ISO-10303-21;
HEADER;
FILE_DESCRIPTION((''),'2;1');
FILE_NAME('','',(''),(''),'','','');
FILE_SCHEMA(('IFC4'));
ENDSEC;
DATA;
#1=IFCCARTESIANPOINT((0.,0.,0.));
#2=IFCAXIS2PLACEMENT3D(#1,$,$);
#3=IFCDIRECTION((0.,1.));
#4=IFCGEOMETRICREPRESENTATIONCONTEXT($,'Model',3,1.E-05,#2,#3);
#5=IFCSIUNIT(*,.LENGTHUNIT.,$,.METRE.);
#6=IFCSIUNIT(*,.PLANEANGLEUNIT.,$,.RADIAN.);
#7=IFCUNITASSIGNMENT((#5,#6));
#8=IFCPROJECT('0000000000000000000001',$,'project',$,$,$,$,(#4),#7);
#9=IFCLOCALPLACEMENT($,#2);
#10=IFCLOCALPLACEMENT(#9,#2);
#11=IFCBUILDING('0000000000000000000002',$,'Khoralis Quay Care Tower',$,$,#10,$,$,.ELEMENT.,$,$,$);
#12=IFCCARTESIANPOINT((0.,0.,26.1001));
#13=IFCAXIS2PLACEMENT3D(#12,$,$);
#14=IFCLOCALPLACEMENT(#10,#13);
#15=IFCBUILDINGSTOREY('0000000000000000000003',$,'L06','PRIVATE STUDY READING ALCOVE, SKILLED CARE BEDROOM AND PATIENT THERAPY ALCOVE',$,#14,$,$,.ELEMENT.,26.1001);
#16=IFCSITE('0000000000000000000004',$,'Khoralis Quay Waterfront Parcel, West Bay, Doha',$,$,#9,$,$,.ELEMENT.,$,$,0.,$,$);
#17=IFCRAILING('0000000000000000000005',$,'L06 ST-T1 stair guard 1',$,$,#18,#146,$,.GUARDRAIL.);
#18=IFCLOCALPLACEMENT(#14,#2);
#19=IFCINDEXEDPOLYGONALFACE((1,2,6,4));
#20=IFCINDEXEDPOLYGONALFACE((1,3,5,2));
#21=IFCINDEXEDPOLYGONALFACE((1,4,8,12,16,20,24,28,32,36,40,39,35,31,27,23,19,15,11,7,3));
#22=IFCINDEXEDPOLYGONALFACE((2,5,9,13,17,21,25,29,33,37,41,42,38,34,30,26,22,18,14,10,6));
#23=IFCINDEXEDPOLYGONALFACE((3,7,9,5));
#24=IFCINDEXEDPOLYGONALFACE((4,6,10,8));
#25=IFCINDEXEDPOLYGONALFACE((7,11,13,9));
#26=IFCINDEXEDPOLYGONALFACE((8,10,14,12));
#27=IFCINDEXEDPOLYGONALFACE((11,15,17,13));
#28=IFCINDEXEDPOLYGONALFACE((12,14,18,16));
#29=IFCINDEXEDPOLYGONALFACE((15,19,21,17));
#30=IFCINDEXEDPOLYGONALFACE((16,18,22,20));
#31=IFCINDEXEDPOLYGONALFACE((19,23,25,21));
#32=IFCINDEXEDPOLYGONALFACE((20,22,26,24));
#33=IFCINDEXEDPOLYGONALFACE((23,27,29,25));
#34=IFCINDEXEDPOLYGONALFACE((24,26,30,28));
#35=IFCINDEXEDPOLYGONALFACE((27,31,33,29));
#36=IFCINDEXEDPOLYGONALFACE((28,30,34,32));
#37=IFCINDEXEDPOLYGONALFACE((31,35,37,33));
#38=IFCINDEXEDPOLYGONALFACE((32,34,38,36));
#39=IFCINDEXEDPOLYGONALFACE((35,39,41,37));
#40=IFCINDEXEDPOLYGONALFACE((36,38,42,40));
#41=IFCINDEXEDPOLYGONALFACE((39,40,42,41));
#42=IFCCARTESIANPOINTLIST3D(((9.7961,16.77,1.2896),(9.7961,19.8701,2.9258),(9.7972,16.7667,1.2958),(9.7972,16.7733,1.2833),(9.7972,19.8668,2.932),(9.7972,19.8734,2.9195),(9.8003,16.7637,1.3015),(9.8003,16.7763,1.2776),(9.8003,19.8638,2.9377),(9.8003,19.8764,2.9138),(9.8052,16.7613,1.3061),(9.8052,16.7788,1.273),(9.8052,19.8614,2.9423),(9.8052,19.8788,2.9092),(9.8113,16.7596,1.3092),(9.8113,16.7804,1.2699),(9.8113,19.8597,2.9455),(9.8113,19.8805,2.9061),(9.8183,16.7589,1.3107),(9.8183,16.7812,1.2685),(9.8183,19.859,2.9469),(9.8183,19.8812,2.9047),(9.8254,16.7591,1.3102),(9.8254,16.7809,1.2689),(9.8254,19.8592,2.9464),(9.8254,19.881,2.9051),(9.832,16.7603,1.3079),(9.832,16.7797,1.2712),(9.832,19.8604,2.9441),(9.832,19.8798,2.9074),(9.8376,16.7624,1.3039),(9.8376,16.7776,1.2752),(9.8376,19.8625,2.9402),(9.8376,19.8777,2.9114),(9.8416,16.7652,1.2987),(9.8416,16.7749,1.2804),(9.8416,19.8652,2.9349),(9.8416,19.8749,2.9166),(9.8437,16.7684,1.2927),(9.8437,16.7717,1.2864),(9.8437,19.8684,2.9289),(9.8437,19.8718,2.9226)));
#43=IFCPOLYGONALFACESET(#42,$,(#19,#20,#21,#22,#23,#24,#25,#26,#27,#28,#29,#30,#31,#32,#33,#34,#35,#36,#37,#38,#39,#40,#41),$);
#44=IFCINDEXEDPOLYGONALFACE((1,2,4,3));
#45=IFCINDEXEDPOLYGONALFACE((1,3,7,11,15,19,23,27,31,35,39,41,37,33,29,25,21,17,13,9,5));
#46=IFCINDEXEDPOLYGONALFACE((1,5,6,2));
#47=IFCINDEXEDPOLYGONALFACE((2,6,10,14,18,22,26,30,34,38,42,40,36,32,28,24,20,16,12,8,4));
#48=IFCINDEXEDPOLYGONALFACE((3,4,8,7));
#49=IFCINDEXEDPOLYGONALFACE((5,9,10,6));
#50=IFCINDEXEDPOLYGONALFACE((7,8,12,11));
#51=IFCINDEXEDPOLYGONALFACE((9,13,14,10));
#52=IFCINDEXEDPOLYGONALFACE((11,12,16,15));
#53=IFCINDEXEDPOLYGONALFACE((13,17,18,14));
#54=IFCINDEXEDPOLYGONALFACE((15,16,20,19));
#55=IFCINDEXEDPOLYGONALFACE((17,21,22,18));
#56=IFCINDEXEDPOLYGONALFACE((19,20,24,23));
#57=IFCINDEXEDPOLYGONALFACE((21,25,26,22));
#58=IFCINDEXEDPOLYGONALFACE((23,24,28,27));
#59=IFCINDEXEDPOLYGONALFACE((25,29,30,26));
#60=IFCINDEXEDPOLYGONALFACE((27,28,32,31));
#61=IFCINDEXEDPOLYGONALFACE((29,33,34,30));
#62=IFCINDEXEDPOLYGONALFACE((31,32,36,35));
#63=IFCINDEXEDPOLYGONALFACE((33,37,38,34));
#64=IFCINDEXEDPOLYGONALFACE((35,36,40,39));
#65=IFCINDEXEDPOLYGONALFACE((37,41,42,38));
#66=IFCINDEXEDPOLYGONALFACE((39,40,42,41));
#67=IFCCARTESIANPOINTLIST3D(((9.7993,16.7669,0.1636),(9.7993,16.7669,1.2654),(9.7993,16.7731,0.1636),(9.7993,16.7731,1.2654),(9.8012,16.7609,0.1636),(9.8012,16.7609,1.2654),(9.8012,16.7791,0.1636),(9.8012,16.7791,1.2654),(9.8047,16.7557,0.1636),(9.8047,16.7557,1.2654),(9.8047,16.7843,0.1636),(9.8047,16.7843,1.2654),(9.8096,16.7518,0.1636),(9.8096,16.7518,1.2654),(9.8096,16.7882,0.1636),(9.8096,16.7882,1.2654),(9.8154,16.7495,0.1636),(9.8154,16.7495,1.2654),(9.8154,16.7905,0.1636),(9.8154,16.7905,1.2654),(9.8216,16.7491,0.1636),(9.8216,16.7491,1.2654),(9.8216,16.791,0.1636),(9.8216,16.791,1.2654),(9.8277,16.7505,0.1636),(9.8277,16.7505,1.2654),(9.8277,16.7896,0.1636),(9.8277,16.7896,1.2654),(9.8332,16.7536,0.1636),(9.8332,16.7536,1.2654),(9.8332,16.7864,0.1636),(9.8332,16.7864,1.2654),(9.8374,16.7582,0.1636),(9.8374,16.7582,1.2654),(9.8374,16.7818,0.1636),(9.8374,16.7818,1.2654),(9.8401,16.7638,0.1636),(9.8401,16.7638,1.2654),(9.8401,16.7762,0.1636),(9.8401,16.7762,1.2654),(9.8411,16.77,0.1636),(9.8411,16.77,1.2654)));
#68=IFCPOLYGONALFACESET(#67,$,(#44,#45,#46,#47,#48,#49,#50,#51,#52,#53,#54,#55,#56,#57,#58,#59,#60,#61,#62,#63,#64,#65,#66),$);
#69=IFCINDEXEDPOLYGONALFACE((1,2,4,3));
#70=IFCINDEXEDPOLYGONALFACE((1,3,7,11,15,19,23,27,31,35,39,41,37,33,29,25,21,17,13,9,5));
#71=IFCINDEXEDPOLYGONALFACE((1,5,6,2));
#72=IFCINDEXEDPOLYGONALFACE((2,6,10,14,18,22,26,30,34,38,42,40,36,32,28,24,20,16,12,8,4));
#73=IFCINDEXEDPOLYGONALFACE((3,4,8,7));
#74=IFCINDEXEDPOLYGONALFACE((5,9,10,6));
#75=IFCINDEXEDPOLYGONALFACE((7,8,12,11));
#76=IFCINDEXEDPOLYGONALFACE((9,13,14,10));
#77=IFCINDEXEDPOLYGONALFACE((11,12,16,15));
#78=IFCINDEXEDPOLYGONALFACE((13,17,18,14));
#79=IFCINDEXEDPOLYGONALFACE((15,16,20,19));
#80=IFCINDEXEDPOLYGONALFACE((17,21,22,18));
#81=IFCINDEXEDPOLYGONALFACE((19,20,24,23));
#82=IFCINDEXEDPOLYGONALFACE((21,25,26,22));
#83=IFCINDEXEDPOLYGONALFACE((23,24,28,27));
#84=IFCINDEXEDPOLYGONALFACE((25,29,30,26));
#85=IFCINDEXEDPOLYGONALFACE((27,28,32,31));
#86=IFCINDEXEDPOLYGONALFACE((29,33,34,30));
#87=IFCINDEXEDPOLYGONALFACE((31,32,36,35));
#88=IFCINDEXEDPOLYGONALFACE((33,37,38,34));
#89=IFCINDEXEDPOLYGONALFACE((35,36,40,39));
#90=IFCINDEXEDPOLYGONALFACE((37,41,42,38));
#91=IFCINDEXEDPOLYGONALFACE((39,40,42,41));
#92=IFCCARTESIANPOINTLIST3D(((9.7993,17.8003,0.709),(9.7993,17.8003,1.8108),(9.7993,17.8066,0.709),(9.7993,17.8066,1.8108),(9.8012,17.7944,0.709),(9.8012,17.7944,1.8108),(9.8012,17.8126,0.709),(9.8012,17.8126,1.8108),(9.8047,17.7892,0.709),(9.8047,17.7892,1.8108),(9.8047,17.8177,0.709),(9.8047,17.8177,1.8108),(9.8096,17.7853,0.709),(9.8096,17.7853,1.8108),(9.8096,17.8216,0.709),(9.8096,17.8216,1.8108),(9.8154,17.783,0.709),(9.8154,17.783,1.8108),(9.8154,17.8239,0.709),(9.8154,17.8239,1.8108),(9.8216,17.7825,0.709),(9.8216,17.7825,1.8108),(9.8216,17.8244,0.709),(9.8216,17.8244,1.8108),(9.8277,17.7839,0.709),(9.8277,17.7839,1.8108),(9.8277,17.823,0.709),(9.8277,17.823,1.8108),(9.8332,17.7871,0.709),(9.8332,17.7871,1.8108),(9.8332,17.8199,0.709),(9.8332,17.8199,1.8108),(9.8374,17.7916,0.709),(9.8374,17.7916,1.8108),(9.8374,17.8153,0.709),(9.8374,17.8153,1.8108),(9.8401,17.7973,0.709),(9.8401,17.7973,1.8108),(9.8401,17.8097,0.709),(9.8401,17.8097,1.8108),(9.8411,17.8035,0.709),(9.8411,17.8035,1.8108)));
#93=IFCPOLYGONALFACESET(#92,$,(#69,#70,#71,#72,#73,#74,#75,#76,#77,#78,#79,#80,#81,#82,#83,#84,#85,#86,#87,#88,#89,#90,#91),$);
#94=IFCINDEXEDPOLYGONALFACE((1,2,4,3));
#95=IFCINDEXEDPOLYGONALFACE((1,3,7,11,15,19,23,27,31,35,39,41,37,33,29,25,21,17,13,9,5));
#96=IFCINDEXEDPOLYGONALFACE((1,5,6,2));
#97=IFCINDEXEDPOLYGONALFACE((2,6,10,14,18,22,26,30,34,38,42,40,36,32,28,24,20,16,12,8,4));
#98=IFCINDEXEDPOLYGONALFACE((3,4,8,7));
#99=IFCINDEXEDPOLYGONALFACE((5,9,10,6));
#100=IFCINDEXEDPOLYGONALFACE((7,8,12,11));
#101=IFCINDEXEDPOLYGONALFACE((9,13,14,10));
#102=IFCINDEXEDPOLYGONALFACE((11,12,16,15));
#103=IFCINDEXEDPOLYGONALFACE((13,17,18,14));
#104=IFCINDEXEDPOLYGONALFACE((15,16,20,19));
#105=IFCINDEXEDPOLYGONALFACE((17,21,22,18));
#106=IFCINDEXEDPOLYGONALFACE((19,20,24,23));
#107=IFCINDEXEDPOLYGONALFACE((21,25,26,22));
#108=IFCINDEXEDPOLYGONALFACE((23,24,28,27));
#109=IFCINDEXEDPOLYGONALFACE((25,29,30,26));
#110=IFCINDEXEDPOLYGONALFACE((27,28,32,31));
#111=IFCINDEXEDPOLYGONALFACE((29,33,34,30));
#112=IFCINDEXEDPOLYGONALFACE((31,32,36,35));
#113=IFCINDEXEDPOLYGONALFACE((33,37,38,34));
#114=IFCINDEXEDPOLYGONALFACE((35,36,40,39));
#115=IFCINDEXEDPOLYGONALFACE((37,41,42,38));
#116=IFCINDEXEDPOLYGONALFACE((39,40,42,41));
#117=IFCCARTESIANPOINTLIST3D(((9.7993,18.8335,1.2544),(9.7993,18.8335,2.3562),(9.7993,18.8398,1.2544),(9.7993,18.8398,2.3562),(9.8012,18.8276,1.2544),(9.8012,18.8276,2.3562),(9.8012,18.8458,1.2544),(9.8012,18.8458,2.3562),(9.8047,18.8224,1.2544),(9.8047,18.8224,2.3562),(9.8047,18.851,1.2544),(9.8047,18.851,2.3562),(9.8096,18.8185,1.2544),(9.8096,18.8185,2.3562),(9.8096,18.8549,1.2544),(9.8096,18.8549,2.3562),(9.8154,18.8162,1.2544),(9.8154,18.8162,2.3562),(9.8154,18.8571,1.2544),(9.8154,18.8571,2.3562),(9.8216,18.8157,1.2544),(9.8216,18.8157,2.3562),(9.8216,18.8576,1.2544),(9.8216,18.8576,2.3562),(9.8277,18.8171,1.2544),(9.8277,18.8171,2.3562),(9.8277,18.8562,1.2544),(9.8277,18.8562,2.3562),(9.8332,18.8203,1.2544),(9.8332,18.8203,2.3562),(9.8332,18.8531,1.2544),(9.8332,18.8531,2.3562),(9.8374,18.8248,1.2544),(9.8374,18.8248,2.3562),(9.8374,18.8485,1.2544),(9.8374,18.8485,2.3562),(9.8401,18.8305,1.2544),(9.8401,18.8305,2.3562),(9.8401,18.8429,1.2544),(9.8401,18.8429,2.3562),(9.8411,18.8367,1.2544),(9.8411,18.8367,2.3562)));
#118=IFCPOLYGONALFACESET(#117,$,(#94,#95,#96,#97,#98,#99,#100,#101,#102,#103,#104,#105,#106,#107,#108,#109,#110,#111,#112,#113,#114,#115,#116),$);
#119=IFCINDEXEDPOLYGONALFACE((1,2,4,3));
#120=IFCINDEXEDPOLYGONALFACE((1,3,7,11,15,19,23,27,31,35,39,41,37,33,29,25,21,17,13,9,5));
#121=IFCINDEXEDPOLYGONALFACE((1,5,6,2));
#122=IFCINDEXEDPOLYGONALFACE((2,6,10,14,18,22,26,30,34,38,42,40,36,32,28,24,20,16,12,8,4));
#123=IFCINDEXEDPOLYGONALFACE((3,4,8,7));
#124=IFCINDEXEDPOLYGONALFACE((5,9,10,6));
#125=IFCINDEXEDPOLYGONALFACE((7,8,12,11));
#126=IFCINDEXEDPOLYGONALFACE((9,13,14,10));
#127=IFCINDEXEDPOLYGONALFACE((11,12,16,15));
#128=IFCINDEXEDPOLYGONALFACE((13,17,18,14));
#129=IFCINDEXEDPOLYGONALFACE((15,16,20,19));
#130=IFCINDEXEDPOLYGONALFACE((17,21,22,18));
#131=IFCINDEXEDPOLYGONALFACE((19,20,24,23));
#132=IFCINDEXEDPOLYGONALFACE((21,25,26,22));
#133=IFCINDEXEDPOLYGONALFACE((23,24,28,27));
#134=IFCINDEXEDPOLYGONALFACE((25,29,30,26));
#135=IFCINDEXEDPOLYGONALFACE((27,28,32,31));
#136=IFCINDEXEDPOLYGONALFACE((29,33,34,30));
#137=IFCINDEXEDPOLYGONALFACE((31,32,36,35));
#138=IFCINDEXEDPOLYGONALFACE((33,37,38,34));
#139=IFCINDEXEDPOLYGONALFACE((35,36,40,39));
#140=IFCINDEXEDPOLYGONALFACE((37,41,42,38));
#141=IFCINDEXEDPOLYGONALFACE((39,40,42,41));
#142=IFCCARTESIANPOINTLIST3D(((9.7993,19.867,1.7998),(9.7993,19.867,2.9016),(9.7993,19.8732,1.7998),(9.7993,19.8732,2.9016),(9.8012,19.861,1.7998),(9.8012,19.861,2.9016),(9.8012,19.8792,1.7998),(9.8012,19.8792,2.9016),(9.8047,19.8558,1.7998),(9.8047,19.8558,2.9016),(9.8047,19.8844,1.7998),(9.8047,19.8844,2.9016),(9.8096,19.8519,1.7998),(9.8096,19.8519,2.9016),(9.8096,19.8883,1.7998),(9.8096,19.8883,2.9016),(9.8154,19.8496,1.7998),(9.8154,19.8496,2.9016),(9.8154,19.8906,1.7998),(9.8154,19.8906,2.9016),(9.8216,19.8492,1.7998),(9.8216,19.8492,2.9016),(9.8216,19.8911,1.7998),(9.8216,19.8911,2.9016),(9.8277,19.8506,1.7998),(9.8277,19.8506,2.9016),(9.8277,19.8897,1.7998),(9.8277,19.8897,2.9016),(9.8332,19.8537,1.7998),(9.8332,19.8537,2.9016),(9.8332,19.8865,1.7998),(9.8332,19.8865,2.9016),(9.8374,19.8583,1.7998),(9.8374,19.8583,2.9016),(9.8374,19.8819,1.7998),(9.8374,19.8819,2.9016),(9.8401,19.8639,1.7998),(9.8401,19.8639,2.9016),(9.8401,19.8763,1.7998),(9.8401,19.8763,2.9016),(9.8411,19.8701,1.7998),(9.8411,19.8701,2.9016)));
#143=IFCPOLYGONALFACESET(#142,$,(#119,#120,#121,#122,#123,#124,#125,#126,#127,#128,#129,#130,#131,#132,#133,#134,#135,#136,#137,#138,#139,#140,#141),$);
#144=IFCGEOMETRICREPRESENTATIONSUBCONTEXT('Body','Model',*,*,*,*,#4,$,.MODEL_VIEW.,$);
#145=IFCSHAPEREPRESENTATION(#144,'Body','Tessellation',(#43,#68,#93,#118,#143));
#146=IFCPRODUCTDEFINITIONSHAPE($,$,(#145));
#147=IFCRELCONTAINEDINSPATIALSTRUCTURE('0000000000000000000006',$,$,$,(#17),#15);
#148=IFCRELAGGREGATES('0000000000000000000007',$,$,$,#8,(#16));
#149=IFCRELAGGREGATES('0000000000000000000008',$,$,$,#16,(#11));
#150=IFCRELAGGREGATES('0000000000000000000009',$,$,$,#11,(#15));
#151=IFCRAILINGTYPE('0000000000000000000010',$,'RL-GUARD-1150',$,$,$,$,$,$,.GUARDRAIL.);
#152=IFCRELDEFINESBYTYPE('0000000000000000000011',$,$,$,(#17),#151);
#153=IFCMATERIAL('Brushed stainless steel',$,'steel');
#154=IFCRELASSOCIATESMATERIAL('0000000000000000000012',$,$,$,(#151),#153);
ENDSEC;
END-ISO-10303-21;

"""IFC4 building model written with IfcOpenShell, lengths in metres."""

from ifc_helpers import new_model, si_unit, direction, frame, origin, origin_2d, place, context, subcontext, project, spatial, circle, extrude, material, type_object, element, save


model = new_model("IFC4")

# Units and contexts
model_context = context("Model", 3, precision=1e-05, world=origin(), true_north=direction((0.0, 1.0)))
body_context = subcontext(model_context, "Body", "Model", "MODEL_VIEW")
ifc_project = project(units=[si_unit("LENGTHUNIT", "METRE"), si_unit("PLANEANGLEUNIT", "RADIAN")], contexts=[model_context])

# Site, building, storey
site_placement = place(None, origin())
site = spatial("IfcSite", under=ifc_project, at=site_placement, Name="Khoralis Quay Waterfront Parcel, West Bay, Doha", CompositionType="ELEMENT", RefElevation=0.0)
building_placement = place(site_placement, origin())
building = spatial("IfcBuilding", under=site, at=building_placement, Name="Khoralis Quay Care Tower", CompositionType="ELEMENT")
storey_placement = place(building_placement, frame((0.0, 0.0, 26.1001)))
storey = spatial("IfcBuildingStorey", under=building, at=storey_placement, Name="L06", Description="PRIVATE STUDY READING ALCOVE, SKILLED CARE BEDROOM AND PATIENT THERAPY ALCOVE", CompositionType="ELEMENT", Elevation=26.1001)

# Shared definitions
ifc_material_1 = material(Name="Brushed stainless steel", Category="steel")

# Railing
railing_type_1 = type_object("IfcRailingType", Name="RL-GUARD-1150", PredefinedType="GUARDRAIL", material=ifc_material_1)
railing_1_placement = place(storey_placement, frame((9.8201, 16.77, 0.1636)))
element("IfcRailing", 1, at=railing_1_placement, inside=storey, type_object=railing_type_1, Name="L06 ST-T1 stair guard 1", PredefinedType="GUARDRAIL", context=body_context, shape_type="SweptSolid", body=[
    extrude(circle(Radius=0.0239, at=origin_2d()), frame((0.0, 0.0, 1.126), z_axis=(0.0, 0.884377, 0.466774), x_axis=(-1.0, 0.0, 0.0)), (0.0, 0.0, 1.0), 3.5054),
    extrude(circle(Radius=0.021, at=origin_2d()), origin(), (0.0, 0.0, 1.0), 1.1018),
    extrude(circle(Radius=0.021, at=origin_2d()), frame((0.0, 1.0334, 0.5454)), (0.0, 0.0, 1.0), 1.1018),
    extrude(circle(Radius=0.021, at=origin_2d()), frame((0.0, 2.0667, 1.0908)), (0.0, 0.0, 1.0), 1.1018),
    extrude(circle(Radius=0.021, at=origin_2d()), frame((0.0, 3.1001, 1.6362)), (0.0, 0.0, 1.0), 1.1018),
])

save(model, "model.ifc")
